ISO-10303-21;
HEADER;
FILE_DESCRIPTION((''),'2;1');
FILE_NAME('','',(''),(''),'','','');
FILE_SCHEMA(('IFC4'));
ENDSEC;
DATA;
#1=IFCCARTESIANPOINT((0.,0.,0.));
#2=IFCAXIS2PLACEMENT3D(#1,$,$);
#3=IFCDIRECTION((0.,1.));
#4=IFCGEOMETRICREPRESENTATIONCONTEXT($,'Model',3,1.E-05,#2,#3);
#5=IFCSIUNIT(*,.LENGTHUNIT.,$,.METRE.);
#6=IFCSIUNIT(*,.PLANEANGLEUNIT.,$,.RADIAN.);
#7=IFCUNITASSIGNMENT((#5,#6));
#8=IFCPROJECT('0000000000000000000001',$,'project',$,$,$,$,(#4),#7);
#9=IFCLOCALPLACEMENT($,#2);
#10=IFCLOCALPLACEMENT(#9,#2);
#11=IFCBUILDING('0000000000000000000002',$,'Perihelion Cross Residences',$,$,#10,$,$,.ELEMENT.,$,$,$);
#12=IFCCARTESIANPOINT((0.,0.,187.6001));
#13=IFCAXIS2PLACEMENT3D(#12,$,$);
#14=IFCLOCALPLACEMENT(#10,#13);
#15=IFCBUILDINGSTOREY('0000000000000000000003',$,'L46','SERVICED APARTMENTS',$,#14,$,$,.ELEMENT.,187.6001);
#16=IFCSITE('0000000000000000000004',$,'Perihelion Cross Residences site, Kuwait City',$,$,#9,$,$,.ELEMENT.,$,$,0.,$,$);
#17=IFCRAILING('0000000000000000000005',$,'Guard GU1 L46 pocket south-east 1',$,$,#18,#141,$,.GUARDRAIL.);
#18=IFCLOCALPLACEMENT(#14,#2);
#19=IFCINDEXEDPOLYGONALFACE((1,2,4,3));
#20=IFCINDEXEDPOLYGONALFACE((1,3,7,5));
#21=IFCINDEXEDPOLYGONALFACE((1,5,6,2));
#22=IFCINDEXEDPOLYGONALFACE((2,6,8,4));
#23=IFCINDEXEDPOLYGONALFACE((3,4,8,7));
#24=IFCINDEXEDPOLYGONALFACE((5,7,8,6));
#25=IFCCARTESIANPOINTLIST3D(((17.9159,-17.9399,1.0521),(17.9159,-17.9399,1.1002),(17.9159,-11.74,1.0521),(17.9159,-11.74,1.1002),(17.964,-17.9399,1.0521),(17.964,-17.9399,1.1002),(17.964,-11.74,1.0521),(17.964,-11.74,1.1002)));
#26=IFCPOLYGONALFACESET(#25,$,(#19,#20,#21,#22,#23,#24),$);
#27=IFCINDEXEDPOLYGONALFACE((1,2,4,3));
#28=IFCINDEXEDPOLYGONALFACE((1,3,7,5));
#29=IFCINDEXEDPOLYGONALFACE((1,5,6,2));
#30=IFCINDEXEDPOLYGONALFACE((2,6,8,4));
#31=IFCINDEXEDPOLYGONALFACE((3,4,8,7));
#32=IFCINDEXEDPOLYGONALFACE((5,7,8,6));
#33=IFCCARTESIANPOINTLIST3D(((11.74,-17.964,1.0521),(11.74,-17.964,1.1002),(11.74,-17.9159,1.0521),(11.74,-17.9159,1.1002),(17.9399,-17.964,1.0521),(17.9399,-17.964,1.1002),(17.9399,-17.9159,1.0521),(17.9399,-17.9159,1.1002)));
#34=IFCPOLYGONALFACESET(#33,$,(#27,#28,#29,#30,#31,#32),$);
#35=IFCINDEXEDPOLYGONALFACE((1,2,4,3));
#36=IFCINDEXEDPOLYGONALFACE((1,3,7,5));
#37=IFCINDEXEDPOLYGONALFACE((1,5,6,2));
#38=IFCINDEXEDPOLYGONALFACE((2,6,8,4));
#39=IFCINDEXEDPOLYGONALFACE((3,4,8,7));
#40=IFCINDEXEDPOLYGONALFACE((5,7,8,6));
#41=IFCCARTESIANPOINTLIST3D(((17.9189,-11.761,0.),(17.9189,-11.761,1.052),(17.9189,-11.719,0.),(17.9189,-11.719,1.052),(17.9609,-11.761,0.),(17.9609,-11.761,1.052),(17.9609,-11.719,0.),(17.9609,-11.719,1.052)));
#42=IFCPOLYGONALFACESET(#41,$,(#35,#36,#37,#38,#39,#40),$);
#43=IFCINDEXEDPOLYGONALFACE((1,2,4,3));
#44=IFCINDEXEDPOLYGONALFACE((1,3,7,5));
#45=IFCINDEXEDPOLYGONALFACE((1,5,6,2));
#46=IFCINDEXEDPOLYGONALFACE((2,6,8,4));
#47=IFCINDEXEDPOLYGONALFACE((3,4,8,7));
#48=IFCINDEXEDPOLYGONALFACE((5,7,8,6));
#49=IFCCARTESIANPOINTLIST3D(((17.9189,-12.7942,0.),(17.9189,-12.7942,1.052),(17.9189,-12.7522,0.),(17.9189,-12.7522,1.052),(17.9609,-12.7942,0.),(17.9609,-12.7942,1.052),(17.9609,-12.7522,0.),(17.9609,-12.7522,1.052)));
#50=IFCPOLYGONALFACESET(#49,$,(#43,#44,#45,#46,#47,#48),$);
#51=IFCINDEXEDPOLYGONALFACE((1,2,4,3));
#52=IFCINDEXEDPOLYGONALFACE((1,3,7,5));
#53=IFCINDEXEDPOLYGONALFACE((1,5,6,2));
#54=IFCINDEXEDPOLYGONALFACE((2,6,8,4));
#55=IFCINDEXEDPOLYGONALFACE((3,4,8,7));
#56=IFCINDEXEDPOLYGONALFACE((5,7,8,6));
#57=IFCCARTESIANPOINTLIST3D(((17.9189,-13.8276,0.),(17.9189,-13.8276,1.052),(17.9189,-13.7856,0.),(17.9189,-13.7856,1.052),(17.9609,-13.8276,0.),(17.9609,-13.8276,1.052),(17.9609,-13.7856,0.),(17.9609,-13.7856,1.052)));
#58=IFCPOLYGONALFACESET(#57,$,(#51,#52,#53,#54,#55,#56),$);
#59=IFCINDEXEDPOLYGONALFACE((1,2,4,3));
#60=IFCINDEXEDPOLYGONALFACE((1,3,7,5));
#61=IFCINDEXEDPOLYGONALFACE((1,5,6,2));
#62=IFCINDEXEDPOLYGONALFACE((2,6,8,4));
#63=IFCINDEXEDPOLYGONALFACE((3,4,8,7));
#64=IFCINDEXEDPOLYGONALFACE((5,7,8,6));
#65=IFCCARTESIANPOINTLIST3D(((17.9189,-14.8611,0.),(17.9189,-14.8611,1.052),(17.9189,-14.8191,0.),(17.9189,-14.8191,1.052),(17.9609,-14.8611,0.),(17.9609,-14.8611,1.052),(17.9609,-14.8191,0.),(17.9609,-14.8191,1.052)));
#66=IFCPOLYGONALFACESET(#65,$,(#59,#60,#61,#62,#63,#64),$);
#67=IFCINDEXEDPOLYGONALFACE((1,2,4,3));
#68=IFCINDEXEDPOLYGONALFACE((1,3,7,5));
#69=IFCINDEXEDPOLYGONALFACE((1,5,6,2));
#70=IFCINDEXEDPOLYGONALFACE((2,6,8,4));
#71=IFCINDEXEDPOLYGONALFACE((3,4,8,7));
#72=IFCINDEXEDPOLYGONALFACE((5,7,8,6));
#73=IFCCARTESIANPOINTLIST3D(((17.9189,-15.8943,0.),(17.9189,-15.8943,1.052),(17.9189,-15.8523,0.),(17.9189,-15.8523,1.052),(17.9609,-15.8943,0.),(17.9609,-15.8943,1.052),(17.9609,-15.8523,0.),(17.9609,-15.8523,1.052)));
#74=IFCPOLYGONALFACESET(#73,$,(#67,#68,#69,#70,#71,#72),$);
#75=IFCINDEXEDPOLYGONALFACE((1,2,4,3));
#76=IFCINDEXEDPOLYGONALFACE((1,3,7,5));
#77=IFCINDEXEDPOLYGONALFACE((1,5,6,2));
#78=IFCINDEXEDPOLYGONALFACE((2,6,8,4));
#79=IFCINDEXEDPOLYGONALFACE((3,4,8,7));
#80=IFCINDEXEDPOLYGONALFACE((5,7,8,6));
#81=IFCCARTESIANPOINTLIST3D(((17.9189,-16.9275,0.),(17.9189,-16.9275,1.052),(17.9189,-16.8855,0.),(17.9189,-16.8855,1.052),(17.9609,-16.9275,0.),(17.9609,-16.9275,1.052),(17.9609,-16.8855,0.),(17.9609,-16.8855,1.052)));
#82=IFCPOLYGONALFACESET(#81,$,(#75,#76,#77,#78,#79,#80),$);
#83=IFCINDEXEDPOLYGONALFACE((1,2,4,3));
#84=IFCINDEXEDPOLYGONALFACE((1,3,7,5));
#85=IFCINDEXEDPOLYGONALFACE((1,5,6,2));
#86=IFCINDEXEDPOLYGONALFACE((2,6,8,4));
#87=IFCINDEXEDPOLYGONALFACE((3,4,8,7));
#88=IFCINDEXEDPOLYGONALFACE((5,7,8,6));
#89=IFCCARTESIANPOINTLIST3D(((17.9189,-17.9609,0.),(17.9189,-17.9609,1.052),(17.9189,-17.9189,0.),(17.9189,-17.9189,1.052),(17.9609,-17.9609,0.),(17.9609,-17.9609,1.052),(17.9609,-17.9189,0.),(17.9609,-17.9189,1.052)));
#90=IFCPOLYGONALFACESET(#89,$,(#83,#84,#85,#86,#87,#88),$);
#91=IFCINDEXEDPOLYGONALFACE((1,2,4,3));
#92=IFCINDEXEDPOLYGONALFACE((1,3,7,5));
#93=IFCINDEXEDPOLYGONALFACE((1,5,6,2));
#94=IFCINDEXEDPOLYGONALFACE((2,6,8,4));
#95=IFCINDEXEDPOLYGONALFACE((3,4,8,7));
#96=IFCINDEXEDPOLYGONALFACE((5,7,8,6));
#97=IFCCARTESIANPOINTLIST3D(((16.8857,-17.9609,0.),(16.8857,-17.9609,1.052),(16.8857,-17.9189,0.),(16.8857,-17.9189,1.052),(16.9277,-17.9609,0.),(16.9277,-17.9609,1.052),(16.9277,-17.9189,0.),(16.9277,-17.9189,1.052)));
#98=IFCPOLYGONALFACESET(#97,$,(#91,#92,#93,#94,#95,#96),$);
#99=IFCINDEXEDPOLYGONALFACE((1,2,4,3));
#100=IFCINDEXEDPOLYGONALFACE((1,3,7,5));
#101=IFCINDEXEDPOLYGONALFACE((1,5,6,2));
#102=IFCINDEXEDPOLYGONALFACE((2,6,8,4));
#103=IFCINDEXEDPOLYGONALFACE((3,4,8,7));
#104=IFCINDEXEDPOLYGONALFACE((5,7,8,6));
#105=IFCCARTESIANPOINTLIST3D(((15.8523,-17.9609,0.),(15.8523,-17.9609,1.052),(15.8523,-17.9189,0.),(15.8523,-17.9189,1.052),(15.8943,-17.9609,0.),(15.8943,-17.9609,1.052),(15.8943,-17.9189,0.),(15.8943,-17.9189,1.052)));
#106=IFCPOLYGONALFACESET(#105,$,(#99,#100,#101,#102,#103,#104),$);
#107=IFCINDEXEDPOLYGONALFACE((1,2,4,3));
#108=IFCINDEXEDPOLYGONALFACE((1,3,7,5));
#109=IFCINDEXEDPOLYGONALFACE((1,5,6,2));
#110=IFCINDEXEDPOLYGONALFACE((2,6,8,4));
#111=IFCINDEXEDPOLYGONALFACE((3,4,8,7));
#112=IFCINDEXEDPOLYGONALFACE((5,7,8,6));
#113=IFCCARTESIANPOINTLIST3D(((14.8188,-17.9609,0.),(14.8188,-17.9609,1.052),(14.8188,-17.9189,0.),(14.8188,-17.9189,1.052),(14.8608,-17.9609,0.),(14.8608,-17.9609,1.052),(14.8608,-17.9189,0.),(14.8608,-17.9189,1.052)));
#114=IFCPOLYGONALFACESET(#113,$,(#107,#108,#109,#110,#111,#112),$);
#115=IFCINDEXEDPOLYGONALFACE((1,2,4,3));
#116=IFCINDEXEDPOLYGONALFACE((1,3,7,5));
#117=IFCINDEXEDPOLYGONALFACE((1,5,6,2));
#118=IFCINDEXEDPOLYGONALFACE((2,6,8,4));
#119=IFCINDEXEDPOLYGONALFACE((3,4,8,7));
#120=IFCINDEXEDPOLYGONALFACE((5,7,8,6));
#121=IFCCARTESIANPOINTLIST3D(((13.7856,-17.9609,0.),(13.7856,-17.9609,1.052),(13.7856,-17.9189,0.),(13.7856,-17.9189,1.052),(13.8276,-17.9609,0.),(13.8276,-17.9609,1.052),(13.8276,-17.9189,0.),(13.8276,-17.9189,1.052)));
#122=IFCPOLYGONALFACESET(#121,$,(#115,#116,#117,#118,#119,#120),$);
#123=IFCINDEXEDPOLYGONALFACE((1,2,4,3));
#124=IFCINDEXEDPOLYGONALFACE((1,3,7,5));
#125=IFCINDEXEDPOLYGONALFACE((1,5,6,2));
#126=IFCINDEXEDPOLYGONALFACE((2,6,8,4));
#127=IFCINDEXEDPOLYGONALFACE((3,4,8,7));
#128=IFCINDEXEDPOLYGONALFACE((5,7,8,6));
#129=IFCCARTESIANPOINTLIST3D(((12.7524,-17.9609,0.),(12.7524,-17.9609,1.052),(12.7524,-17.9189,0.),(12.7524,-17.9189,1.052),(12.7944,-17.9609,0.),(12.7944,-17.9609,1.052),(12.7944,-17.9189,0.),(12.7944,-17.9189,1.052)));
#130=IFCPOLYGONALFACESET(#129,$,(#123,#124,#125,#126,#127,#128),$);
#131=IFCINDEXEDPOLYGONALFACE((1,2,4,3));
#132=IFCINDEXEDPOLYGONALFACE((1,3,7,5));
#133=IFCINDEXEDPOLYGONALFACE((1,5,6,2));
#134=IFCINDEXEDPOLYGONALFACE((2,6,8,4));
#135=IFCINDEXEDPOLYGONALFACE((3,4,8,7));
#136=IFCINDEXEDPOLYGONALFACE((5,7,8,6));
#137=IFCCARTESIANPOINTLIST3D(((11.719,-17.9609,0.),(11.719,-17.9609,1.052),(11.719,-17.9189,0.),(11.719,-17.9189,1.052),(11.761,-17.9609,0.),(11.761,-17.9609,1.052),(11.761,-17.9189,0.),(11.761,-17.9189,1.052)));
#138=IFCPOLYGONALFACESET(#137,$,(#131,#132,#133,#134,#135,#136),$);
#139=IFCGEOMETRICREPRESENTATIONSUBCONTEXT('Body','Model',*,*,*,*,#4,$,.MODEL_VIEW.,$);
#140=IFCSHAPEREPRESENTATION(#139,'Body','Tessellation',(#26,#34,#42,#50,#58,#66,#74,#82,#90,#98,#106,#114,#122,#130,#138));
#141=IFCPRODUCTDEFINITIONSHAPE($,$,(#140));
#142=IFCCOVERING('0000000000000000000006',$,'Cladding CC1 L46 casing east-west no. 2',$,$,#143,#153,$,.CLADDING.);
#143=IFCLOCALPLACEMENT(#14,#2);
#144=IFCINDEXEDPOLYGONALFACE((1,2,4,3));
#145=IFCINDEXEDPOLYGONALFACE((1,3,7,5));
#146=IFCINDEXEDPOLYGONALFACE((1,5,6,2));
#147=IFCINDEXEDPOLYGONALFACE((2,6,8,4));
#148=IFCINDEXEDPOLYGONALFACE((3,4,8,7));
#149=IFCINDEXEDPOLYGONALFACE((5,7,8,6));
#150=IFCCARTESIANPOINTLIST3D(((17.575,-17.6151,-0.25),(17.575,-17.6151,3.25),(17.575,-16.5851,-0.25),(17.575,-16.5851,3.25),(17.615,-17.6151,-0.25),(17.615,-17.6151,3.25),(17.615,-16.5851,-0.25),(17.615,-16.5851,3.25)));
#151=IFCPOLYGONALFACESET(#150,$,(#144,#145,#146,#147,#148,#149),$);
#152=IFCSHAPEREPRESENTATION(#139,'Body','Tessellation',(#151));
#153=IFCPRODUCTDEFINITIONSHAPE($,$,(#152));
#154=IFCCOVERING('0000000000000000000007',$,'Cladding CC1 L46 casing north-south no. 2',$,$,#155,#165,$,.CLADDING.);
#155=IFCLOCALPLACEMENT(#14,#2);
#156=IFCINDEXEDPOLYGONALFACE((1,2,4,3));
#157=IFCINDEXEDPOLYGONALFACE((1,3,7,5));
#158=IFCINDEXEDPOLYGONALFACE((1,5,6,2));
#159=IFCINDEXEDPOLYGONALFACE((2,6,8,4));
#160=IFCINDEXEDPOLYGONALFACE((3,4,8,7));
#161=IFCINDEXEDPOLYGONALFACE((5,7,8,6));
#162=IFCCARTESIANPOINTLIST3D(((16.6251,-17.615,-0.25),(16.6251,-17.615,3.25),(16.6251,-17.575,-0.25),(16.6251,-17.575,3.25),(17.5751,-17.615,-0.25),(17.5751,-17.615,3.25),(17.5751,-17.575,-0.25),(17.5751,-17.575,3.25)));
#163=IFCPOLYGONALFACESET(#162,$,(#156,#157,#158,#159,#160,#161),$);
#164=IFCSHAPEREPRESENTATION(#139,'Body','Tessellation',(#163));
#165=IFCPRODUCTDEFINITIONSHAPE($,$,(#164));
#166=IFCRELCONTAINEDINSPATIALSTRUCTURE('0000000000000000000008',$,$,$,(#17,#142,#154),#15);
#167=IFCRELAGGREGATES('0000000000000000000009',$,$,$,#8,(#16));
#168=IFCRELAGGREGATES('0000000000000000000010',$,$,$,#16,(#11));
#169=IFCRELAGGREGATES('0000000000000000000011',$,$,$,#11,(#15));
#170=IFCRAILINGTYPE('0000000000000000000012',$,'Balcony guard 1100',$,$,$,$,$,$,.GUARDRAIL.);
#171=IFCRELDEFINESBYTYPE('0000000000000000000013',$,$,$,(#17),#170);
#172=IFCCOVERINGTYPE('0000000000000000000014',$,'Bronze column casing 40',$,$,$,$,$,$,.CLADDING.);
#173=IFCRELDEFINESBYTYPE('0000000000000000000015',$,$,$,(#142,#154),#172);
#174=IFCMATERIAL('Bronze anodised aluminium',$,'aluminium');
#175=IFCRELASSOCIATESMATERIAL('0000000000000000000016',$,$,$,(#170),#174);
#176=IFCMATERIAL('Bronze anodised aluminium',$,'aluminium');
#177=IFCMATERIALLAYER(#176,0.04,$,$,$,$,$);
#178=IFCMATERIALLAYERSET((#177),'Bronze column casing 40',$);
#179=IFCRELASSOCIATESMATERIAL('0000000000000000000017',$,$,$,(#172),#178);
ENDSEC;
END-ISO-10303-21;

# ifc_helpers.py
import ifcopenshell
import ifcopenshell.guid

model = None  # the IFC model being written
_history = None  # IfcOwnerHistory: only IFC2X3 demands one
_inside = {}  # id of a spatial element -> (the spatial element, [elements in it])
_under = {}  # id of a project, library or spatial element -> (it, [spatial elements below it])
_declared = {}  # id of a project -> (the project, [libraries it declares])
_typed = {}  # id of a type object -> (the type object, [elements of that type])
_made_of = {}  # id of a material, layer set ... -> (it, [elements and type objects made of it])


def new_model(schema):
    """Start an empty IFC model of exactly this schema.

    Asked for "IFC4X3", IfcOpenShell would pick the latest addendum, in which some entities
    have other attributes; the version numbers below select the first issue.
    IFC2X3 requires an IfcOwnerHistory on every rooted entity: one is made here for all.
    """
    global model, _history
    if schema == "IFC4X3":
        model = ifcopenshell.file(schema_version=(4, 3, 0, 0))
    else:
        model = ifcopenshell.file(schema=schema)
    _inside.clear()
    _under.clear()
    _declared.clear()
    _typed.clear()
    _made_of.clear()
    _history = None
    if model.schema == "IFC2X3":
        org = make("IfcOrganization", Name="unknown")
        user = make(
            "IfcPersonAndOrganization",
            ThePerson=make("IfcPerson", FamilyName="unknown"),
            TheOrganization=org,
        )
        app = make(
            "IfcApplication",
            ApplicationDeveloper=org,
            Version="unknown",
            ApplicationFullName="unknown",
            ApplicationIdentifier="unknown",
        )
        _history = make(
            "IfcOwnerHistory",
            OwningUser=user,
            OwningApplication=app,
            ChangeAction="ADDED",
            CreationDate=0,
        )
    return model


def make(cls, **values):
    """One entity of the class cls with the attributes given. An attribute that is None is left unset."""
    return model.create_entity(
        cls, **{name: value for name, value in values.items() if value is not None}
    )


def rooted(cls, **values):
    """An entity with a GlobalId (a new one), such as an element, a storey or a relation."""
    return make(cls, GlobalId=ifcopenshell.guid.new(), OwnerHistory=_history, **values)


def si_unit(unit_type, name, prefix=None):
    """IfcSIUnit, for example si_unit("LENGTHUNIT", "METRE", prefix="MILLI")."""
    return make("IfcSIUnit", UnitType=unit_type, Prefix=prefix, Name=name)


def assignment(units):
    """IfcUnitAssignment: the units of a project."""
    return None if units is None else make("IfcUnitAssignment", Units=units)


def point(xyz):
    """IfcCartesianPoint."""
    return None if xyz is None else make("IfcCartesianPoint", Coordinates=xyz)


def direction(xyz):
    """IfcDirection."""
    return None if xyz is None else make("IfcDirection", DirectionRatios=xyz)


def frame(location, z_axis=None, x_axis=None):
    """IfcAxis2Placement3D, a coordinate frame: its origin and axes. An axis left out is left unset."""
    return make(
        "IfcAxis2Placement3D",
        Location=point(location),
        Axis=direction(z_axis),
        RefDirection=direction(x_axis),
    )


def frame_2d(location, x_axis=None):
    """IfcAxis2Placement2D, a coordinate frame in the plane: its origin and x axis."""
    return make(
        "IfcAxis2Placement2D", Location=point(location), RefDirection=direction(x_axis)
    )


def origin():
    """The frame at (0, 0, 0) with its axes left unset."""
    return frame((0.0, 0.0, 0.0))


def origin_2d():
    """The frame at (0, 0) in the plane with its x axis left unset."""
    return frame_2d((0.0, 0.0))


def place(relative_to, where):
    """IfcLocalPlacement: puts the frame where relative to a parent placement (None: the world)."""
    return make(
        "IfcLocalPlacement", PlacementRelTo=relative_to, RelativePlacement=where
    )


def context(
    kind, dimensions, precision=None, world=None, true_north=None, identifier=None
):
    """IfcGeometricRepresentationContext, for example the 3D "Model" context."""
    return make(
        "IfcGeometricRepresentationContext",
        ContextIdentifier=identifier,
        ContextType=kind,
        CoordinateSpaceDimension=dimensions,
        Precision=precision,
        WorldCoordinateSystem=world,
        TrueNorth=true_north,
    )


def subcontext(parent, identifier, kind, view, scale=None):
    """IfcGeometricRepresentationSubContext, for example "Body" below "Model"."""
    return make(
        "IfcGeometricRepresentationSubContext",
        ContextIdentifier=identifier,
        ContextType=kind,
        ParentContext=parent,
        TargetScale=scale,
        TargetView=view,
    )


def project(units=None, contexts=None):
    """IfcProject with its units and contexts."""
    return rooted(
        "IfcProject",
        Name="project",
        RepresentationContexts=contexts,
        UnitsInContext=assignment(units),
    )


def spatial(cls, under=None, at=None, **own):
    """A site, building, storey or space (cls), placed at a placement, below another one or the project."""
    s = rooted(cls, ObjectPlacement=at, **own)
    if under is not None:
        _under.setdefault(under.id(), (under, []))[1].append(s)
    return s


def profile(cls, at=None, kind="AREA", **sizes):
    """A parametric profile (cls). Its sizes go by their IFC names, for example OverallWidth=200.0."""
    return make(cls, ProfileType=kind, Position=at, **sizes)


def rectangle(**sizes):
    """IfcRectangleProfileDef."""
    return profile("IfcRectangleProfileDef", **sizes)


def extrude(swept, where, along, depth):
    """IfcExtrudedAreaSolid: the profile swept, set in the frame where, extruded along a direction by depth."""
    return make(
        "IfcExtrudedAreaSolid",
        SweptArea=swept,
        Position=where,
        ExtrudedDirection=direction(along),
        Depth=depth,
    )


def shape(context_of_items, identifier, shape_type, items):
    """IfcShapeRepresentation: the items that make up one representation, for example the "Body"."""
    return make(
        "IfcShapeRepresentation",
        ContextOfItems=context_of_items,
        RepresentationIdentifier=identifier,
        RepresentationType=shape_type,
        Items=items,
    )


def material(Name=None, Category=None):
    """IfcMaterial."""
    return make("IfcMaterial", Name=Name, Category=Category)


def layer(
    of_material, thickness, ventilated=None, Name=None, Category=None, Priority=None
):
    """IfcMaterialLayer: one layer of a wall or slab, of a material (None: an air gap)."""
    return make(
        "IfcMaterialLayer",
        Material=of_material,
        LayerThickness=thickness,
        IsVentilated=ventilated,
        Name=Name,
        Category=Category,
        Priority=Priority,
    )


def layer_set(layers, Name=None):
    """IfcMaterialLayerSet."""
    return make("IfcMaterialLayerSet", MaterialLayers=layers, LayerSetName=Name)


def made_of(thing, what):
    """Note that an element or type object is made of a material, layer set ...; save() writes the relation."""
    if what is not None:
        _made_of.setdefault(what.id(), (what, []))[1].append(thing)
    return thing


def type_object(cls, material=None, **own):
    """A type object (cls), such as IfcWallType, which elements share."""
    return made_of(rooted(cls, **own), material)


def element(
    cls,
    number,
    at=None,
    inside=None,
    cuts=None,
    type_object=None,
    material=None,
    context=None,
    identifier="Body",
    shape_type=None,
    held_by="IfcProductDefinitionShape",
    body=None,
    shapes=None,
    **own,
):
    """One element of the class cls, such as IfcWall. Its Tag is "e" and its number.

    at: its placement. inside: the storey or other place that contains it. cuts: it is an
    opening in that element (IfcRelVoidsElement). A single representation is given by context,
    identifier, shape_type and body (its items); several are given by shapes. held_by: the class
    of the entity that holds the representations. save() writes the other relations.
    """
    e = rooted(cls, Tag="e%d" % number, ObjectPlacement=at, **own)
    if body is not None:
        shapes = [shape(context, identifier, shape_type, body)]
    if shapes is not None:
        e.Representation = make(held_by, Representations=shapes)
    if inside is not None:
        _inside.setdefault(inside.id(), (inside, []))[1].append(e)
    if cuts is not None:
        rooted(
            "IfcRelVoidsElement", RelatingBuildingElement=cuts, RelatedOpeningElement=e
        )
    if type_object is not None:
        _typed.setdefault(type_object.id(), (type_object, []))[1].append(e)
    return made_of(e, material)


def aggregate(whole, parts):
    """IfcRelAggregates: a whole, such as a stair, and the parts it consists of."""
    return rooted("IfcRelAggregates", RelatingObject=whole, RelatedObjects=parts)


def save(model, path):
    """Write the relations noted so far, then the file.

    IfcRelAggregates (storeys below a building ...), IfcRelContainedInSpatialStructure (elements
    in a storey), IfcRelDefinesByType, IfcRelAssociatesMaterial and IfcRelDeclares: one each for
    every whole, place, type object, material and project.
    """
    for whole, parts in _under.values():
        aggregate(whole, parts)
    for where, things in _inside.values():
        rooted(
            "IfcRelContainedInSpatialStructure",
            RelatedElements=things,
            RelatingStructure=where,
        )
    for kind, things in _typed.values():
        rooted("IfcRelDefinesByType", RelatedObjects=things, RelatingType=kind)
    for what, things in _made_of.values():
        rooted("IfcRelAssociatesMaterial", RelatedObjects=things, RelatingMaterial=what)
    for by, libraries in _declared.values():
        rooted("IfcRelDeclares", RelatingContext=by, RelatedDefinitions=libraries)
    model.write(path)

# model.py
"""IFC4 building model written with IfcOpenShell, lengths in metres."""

from ifc_helpers import new_model, si_unit, direction, frame, origin, origin_2d, place, context, subcontext, project, spatial, rectangle, extrude, material, layer, layer_set, type_object, element, save


model = new_model("IFC4")

# Units and contexts
model_context = context("Model", 3, precision=1e-05, world=origin(), true_north=direction((0.0, 1.0)))
body_context = subcontext(model_context, "Body", "Model", "MODEL_VIEW")
ifc_project = project(units=[si_unit("LENGTHUNIT", "METRE"), si_unit("PLANEANGLEUNIT", "RADIAN")], contexts=[model_context])

# Site, building, storey
site_placement = place(None, origin())
site = spatial("IfcSite", under=ifc_project, at=site_placement, Name="Perihelion Cross Residences site, Kuwait City", CompositionType="ELEMENT", RefElevation=0.0)
building_placement = place(site_placement, origin())
building = spatial("IfcBuilding", under=site, at=building_placement, Name="Perihelion Cross Residences", CompositionType="ELEMENT")
storey_placement = place(building_placement, frame((0.0, 0.0, 187.6001)))
storey = spatial("IfcBuildingStorey", under=building, at=storey_placement, Name="L46", Description="SERVICED APARTMENTS", CompositionType="ELEMENT", Elevation=187.6001)

# Railing
ifc_material_1 = material(Name="Bronze anodised aluminium", Category="aluminium")
railing_type = type_object("IfcRailingType", Name="Balcony guard 1100", PredefinedType="GUARDRAIL", material=ifc_material_1)
railing_1_placement = place(storey_placement, frame((17.9399, -11.74, 0.0)))
element("IfcRailing", 1, at=railing_1_placement, inside=storey, type_object=railing_type, Name="Guard GU1 L46 pocket south-east 1", PredefinedType="GUARDRAIL", context=body_context, shape_type="SweptSolid", body=[
    extrude(rectangle(XDim=0.0481, YDim=0.0481, at=origin_2d()), frame((0.0, 0.0, 1.0762), z_axis=(0.0, -1.0, 0.0), x_axis=(1.0, 0.0, 0.0)), (0.0, 0.0, 1.0), 6.2),
    extrude(rectangle(XDim=0.0481, YDim=0.0481, at=origin_2d()), frame((0.0, -6.2, 1.0762), z_axis=(-1.0, 0.0, 0.0), x_axis=(0.0, -1.0, 0.0)), (0.0, 0.0, 1.0), 6.2),
    extrude(rectangle(XDim=0.042, YDim=0.042, at=origin_2d()), origin(), (0.0, 0.0, 1.0), 1.052),
    extrude(rectangle(XDim=0.042, YDim=0.042, at=origin_2d()), frame((0.0, -1.0332, 0.0)), (0.0, 0.0, 1.0), 1.052),
    extrude(rectangle(XDim=0.042, YDim=0.042, at=origin_2d()), frame((0.0, -2.0667, 0.0)), (0.0, 0.0, 1.0), 1.052),
    extrude(rectangle(XDim=0.042, YDim=0.042, at=origin_2d()), frame((0.0, -3.1001, 0.0)), (0.0, 0.0, 1.0), 1.052),
    extrude(rectangle(XDim=0.042, YDim=0.042, at=origin_2d()), frame((0.0, -4.1333, 0.0)), (0.0, 0.0, 1.0), 1.052),
    extrude(rectangle(XDim=0.042, YDim=0.042, at=origin_2d()), frame((0.0, -5.1665, 0.0)), (0.0, 0.0, 1.0), 1.052),
    extrude(rectangle(XDim=0.042, YDim=0.042, at=origin_2d()), frame((0.0, -6.2, 0.0)), (0.0, 0.0, 1.0), 1.052),
    extrude(rectangle(XDim=0.042, YDim=0.042, at=origin_2d()), frame((-1.0332, -6.2, 0.0)), (0.0, 0.0, 1.0), 1.052),
    extrude(rectangle(XDim=0.042, YDim=0.042, at=origin_2d()), frame((-2.0667, -6.2, 0.0)), (0.0, 0.0, 1.0), 1.052),
    extrude(rectangle(XDim=0.042, YDim=0.042, at=origin_2d()), frame((-3.1001, -6.2, 0.0)), (0.0, 0.0, 1.0), 1.052),
    extrude(rectangle(XDim=0.042, YDim=0.042, at=origin_2d()), frame((-4.1333, -6.2, 0.0)), (0.0, 0.0, 1.0), 1.052),
    extrude(rectangle(XDim=0.042, YDim=0.042, at=origin_2d()), frame((-5.1665, -6.2, 0.0)), (0.0, 0.0, 1.0), 1.052),
    extrude(rectangle(XDim=0.042, YDim=0.042, at=origin_2d()), frame((-6.2, -6.2, 0.0)), (0.0, 0.0, 1.0), 1.052),
])

# Coverings
ifc_material_2 = material(Name="Bronze anodised aluminium", Category="aluminium")
ifc_layer_1 = layer(ifc_material_2, 0.04)
ifc_layer_set_1 = layer_set([ifc_layer_1], Name="Bronze column casing 40")
covering_type = type_object("IfcCoveringType", Name="Bronze column casing 40", PredefinedType="CLADDING", material=ifc_layer_set_1)
covering_1_placement = place(storey_placement, frame((17.595, -17.1001, -0.25), z_axis=(0.0, 0.0, 1.0), x_axis=(1.0, 0.0, 0.0)))
element("IfcCovering", 2, at=covering_1_placement, inside=storey, type_object=covering_type, Name="Cladding CC1 L46 casing east-west no. 2", PredefinedType="CLADDING", context=body_context, shape_type="SweptSolid", body=[
    extrude(rectangle(XDim=0.04, YDim=1.03, at=origin_2d()), origin(), (0.0, 0.0, 1.0), 3.5),
])
covering_2_placement = place(storey_placement, frame((17.1001, -17.595, -0.25), z_axis=(0.0, 0.0, 1.0), x_axis=(1.0, 0.0, 0.0)))
element("IfcCovering", 3, at=covering_2_placement, inside=storey, type_object=covering_type, Name="Cladding CC1 L46 casing north-south no. 2", PredefinedType="CLADDING", context=body_context, shape_type="SweptSolid", body=[
    extrude(rectangle(XDim=0.95, YDim=0.04, at=origin_2d()), origin(), (0.0, 0.0, 1.0), 3.5),
])

save(model, "model.ifc")
